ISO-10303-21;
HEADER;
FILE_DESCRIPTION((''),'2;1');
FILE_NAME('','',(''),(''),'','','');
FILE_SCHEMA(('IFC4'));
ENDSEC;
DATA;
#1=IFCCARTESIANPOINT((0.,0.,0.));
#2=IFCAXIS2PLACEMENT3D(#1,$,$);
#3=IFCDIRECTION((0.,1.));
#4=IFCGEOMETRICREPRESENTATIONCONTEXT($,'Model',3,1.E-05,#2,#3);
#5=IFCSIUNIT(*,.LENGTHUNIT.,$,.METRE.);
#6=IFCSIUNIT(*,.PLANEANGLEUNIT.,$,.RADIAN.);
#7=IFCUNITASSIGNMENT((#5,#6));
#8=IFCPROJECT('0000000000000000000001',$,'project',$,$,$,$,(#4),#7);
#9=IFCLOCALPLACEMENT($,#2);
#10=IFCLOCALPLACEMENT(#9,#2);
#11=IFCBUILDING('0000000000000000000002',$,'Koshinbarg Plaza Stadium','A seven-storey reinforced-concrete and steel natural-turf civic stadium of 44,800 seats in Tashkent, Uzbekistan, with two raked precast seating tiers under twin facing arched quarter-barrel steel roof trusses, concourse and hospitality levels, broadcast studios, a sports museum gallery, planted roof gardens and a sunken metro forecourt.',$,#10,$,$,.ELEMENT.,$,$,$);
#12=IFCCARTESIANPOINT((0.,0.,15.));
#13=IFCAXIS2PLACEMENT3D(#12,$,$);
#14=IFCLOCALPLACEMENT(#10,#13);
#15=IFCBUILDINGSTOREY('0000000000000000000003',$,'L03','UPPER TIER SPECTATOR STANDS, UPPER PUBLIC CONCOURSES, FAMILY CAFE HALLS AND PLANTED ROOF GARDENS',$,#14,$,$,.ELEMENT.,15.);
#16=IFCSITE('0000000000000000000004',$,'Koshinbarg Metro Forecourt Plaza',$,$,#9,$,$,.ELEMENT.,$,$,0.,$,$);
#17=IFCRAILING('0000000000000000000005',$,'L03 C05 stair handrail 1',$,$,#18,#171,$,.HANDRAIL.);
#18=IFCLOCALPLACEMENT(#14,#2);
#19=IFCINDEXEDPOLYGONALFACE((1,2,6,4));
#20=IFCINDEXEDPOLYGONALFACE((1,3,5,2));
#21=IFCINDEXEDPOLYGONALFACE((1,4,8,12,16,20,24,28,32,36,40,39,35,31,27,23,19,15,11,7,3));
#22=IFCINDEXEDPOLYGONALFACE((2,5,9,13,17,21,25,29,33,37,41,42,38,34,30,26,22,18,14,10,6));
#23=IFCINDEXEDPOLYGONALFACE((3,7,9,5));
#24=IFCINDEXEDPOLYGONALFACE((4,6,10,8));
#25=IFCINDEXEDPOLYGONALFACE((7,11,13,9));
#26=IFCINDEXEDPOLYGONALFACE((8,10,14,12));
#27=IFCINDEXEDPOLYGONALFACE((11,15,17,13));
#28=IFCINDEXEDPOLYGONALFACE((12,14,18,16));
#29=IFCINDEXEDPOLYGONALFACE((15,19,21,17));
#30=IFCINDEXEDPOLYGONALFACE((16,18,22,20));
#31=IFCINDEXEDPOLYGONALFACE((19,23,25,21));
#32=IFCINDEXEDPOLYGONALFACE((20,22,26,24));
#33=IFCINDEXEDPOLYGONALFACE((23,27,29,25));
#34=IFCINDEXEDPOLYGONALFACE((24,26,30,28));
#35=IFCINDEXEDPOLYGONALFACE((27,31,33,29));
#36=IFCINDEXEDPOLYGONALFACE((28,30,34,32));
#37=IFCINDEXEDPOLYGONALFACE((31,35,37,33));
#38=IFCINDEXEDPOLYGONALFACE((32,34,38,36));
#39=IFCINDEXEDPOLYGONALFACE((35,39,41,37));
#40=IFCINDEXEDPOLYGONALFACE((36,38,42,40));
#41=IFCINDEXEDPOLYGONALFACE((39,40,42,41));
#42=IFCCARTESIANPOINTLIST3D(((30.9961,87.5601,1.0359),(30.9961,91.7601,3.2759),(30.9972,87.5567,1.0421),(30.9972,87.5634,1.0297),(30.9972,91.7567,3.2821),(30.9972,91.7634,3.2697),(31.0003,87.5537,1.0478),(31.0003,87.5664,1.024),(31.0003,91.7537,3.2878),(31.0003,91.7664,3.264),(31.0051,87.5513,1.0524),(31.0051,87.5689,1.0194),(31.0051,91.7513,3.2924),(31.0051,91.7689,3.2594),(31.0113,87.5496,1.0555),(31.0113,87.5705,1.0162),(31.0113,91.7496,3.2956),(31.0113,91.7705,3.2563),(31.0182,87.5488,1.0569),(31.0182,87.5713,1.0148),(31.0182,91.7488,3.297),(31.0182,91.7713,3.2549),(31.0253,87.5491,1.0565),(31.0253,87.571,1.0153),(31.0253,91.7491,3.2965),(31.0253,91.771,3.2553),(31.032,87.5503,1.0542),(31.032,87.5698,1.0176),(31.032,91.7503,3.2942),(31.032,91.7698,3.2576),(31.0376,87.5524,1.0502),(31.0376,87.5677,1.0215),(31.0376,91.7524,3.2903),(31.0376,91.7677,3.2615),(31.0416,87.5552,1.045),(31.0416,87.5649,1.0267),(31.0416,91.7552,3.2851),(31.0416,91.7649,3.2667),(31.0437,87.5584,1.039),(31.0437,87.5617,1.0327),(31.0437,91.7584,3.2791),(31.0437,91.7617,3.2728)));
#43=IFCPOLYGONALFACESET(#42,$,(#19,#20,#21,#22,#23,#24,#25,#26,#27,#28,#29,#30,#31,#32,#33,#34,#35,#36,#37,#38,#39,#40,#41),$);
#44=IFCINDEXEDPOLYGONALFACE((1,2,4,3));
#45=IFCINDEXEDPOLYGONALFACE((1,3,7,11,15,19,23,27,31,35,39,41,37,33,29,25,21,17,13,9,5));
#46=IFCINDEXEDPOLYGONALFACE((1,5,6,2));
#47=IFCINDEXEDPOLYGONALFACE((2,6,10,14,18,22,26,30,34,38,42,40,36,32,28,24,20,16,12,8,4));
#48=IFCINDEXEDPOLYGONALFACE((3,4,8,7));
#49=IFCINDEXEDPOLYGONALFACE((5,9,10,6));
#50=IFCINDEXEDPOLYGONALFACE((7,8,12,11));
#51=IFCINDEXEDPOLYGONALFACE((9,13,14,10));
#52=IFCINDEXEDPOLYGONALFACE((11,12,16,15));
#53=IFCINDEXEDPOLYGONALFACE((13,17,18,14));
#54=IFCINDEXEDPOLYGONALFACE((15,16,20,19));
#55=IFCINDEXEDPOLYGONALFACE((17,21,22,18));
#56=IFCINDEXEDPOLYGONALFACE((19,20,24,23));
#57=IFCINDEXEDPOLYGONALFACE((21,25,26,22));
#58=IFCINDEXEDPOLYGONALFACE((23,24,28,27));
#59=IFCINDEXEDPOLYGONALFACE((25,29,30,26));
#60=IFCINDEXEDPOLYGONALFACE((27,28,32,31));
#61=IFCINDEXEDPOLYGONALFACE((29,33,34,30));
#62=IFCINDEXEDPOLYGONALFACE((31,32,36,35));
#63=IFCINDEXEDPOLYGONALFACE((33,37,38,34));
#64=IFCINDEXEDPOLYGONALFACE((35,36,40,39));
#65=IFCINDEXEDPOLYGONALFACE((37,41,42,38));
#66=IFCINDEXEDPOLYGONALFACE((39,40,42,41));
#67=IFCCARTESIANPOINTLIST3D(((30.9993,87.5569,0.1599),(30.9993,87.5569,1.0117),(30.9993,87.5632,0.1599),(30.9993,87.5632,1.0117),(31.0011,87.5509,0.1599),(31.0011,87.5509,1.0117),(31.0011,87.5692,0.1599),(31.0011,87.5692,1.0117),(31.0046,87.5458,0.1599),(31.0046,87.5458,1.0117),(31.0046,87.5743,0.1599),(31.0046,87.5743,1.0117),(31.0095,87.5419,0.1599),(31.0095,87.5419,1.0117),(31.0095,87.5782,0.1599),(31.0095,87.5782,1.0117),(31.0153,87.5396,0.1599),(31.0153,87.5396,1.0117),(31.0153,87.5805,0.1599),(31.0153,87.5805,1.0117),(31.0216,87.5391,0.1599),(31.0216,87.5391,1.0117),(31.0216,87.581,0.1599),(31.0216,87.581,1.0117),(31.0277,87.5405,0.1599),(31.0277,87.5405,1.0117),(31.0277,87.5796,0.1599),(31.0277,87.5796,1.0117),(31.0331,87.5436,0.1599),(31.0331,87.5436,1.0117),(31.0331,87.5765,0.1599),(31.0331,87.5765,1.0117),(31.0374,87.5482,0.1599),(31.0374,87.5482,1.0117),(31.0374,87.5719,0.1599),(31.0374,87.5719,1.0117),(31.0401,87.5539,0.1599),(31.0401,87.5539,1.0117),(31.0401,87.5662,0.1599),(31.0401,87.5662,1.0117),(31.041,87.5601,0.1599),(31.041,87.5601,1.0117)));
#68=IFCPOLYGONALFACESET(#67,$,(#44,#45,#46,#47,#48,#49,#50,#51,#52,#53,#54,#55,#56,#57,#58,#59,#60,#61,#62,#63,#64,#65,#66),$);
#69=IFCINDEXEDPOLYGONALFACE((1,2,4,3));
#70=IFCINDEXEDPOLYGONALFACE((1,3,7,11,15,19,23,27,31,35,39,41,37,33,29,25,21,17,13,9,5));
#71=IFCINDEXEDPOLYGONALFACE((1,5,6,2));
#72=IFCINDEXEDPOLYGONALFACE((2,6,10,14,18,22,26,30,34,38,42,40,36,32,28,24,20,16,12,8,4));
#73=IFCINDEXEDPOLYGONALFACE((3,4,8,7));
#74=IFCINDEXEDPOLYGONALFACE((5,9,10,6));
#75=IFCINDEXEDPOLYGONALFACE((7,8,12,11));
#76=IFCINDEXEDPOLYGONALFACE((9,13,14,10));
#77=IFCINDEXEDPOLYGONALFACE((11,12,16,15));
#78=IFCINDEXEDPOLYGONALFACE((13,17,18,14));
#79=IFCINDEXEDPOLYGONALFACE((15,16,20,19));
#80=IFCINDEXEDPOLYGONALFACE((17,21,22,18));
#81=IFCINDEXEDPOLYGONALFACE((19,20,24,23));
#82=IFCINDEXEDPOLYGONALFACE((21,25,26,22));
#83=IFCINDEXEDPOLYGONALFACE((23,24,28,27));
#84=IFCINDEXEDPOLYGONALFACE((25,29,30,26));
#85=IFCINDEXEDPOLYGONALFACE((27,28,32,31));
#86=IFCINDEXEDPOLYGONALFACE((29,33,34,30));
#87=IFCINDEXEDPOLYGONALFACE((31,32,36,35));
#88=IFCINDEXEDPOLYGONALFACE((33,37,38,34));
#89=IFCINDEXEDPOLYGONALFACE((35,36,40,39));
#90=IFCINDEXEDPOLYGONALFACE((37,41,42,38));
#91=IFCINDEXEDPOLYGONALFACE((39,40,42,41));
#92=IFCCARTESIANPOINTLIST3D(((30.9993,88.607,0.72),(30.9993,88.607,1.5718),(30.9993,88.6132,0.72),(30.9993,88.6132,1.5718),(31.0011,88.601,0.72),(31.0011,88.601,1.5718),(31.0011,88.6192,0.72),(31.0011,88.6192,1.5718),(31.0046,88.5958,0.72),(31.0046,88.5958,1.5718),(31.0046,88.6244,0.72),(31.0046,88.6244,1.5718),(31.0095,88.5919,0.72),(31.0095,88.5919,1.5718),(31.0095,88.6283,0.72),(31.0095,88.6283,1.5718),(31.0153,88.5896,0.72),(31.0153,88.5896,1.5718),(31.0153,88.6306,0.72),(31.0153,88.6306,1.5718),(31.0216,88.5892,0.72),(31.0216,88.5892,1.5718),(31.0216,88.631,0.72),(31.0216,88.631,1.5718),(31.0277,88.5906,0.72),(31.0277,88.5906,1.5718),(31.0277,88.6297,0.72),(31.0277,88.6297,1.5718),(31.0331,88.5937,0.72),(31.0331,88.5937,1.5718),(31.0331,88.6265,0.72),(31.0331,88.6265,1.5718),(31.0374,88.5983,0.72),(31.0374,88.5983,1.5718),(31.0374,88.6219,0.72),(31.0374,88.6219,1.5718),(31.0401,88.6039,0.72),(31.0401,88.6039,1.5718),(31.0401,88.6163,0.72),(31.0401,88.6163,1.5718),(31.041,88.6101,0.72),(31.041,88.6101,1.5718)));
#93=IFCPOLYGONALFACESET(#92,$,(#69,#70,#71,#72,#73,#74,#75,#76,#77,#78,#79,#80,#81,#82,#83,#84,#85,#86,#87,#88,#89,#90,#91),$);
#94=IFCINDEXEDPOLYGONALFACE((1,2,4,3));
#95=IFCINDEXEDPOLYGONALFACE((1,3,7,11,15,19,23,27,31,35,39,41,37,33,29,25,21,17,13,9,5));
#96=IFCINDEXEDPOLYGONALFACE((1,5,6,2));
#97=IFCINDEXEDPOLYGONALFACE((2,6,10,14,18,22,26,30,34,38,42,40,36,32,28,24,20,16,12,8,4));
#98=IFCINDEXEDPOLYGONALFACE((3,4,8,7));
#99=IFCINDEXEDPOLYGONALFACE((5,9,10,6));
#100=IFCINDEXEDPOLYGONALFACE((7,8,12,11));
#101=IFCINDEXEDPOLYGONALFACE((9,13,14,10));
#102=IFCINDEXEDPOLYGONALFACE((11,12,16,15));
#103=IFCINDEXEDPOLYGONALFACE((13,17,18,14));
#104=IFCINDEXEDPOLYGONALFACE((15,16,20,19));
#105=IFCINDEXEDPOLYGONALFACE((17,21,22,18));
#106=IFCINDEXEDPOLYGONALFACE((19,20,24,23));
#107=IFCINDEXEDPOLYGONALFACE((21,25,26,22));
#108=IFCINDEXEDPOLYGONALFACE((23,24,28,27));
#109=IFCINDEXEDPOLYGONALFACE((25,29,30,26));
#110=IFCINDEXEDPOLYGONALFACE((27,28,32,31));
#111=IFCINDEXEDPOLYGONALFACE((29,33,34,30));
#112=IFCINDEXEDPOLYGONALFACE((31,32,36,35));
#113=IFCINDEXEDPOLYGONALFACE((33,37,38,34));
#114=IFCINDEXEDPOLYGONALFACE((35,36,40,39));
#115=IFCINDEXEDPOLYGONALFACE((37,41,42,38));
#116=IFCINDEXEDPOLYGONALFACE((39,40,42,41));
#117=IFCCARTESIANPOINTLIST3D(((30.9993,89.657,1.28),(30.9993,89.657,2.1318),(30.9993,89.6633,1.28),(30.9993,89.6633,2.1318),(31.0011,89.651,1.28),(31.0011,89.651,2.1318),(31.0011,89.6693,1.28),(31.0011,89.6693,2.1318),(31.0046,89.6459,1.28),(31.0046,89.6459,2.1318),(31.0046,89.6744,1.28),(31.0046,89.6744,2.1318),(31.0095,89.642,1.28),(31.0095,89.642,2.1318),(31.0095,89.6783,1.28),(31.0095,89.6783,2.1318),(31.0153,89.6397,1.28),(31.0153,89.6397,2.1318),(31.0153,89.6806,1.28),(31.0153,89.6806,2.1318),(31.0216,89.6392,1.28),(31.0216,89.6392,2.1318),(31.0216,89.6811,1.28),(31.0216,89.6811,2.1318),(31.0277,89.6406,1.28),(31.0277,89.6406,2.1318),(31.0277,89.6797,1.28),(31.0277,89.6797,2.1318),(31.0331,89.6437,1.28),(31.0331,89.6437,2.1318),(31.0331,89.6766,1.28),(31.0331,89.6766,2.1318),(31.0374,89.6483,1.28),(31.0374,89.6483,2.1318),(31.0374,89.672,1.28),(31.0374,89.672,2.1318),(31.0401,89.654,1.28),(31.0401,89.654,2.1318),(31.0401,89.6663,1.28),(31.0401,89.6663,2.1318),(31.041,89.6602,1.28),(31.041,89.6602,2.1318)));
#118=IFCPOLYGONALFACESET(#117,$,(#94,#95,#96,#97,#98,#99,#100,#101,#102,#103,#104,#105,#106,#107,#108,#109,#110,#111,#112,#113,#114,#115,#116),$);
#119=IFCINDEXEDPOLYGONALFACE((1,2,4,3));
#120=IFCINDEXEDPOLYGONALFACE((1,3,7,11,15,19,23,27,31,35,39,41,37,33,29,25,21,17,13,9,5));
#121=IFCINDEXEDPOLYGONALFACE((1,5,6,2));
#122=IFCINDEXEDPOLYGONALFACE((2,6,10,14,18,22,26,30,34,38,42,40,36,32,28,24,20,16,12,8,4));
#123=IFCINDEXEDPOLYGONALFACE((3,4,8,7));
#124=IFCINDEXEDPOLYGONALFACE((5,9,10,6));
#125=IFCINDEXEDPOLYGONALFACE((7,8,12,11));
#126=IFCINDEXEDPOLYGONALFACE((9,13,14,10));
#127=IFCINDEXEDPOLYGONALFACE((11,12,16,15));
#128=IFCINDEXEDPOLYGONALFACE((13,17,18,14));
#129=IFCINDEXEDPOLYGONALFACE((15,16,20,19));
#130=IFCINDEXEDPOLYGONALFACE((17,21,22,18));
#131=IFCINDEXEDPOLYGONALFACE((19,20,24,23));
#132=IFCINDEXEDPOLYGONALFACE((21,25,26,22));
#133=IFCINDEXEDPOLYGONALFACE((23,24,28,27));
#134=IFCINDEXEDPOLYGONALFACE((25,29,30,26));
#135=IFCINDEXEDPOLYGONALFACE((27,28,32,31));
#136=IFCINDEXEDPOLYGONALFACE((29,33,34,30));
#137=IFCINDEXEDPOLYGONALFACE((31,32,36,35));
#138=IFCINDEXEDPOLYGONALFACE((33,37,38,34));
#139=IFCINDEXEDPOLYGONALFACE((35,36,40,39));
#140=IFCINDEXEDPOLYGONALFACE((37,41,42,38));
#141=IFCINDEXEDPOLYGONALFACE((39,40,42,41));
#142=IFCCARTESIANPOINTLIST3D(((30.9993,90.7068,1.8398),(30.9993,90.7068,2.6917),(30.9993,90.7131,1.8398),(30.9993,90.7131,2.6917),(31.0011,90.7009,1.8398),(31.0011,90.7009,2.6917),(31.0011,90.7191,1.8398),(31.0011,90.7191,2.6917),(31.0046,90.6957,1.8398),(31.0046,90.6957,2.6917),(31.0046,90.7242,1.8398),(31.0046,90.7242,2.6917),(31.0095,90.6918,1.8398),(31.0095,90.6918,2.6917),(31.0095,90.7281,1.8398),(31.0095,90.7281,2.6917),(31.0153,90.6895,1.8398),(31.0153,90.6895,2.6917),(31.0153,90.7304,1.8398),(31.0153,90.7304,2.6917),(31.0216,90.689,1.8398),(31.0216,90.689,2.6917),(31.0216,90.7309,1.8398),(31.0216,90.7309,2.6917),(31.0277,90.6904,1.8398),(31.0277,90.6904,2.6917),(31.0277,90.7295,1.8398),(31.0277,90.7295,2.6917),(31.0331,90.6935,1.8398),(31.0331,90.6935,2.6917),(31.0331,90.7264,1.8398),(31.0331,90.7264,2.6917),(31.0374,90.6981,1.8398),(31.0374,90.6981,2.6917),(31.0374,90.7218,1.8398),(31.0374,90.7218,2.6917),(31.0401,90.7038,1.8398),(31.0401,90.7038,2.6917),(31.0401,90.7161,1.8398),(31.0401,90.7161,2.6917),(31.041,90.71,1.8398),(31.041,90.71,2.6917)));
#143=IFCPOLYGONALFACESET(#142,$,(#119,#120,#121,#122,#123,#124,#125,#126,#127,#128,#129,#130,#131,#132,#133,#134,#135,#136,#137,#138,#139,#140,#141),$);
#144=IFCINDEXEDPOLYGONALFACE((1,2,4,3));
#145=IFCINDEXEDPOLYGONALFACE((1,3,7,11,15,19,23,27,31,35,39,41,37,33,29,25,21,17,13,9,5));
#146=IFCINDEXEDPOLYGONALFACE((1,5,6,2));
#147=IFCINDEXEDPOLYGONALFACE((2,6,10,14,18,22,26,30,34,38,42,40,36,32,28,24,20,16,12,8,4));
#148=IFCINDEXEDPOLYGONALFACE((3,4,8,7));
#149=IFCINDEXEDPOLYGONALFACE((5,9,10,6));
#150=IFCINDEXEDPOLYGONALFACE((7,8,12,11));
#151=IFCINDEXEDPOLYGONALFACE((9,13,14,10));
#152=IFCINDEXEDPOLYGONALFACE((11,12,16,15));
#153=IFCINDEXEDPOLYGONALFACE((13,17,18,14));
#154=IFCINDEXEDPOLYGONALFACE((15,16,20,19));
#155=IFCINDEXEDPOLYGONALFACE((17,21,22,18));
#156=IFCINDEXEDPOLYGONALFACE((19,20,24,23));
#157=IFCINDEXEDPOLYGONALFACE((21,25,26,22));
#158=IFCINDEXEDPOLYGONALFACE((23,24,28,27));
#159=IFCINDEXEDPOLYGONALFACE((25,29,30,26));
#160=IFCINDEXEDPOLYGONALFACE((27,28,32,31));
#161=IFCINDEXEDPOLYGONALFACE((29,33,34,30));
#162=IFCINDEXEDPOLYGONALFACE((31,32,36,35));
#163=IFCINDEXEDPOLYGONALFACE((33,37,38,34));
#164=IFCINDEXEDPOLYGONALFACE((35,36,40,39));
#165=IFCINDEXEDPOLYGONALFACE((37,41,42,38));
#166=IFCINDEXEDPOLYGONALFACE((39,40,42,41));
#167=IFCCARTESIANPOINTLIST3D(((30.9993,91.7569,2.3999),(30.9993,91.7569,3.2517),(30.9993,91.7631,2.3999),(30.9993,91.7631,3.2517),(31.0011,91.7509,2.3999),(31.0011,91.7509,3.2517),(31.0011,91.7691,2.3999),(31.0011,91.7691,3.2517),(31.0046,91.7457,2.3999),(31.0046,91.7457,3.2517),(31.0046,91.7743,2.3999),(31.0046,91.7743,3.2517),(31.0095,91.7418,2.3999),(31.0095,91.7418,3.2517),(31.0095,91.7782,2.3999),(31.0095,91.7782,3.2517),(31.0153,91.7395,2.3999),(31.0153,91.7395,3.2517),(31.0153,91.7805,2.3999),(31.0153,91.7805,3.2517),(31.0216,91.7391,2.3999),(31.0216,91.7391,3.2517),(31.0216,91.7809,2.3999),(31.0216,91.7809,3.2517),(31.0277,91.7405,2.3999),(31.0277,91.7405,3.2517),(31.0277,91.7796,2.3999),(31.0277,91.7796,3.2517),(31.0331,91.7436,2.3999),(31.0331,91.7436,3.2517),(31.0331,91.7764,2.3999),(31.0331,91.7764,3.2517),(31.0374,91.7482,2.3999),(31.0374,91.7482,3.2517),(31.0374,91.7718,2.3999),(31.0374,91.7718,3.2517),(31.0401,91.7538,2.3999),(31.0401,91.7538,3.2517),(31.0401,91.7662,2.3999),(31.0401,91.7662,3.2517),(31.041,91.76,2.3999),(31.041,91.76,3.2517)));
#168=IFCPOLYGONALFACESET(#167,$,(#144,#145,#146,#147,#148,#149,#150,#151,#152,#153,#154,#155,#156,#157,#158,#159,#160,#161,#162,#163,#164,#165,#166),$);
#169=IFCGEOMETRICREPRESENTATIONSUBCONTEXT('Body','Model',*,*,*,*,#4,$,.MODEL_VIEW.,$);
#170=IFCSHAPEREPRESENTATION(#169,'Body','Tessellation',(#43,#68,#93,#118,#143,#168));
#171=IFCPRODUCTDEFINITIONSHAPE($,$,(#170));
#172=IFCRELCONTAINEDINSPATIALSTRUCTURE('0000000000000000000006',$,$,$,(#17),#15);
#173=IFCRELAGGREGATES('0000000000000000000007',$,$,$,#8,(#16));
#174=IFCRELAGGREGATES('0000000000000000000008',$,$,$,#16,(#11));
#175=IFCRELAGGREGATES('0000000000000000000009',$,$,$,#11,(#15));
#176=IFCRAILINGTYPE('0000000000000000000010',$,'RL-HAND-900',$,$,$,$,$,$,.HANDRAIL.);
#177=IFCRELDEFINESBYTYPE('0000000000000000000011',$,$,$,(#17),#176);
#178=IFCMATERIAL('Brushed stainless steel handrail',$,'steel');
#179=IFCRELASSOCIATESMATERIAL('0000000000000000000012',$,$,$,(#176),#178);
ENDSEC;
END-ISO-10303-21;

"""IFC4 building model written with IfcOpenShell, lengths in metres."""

from ifc_helpers import new_model, si_unit, direction, frame, origin, origin_2d, place, context, subcontext, project, spatial, circle, extrude, material, type_object, element, save


model = new_model("IFC4")

# Units and contexts
model_context = context("Model", 3, precision=1e-05, world=origin(), true_north=direction((0.0, 1.0)))
body_context = subcontext(model_context, "Body", "Model", "MODEL_VIEW")
ifc_project = project(units=[si_unit("LENGTHUNIT", "METRE"), si_unit("PLANEANGLEUNIT", "RADIAN")], contexts=[model_context])

# Site, building, storey
site_placement = place(None, origin())
site = spatial("IfcSite", under=ifc_project, at=site_placement, Name="Koshinbarg Metro Forecourt Plaza", CompositionType="ELEMENT", RefElevation=0.0)
building_placement = place(site_placement, origin())
building = spatial("IfcBuilding", under=site, at=building_placement, Name="Koshinbarg Plaza Stadium", Description="A seven-storey reinforced-concrete and steel natural-turf civic stadium of 44,800 seats in Tashkent, Uzbekistan, with two raked precast seating tiers under twin facing arched quarter-barrel steel roof trusses, concourse and hospitality levels, broadcast studios, a sports museum gallery, planted roof gardens and a sunken metro forecourt.", CompositionType="ELEMENT")
storey_placement = place(building_placement, frame((0.0, 0.0, 15.0)))
storey = spatial("IfcBuildingStorey", under=building, at=storey_placement, Name="L03", Description="UPPER TIER SPECTATOR STANDS, UPPER PUBLIC CONCOURSES, FAMILY CAFE HALLS AND PLANTED ROOF GARDENS", CompositionType="ELEMENT", Elevation=15.0)

# Railing
ifc_material_1 = material(Name="Brushed stainless steel handrail", Category="steel")
railing_type_1 = type_object("IfcRailingType", Name="RL-HAND-900", PredefinedType="HANDRAIL", material=ifc_material_1)
railing_1_placement = place(storey_placement, frame((31.02, 87.5601, 0.1599)))
element("IfcRailing", 1, at=railing_1_placement, inside=storey, type_object=railing_type_1, Name="L03 C05 stair handrail 1", PredefinedType="HANDRAIL", context=body_context, shape_type="SweptSolid", body=[
    extrude(circle(Radius=0.0239, at=origin_2d()), frame((0.0, 0.0, 0.876), z_axis=(0.0, 0.882352, 0.470591), x_axis=(-1.0, 0.0, 0.0)), (0.0, 0.0, 1.0), 4.76),
    extrude(circle(Radius=0.021, at=origin_2d()), origin(), (0.0, 0.0, 1.0), 0.8518),
    extrude(circle(Radius=0.021, at=origin_2d()), frame((0.0, 1.05, 0.5601)), (0.0, 0.0, 1.0), 0.8518),
    extrude(circle(Radius=0.021, at=origin_2d()), frame((0.0, 2.1001, 1.1201)), (0.0, 0.0, 1.0), 0.8518),
    extrude(circle(Radius=0.021, at=origin_2d()), frame((0.0, 3.1499, 1.6799)), (0.0, 0.0, 1.0), 0.8518),
    extrude(circle(Radius=0.021, at=origin_2d()), frame((0.0, 4.2, 2.24)), (0.0, 0.0, 1.0), 0.8518),
])

save(model, "model.ifc")
